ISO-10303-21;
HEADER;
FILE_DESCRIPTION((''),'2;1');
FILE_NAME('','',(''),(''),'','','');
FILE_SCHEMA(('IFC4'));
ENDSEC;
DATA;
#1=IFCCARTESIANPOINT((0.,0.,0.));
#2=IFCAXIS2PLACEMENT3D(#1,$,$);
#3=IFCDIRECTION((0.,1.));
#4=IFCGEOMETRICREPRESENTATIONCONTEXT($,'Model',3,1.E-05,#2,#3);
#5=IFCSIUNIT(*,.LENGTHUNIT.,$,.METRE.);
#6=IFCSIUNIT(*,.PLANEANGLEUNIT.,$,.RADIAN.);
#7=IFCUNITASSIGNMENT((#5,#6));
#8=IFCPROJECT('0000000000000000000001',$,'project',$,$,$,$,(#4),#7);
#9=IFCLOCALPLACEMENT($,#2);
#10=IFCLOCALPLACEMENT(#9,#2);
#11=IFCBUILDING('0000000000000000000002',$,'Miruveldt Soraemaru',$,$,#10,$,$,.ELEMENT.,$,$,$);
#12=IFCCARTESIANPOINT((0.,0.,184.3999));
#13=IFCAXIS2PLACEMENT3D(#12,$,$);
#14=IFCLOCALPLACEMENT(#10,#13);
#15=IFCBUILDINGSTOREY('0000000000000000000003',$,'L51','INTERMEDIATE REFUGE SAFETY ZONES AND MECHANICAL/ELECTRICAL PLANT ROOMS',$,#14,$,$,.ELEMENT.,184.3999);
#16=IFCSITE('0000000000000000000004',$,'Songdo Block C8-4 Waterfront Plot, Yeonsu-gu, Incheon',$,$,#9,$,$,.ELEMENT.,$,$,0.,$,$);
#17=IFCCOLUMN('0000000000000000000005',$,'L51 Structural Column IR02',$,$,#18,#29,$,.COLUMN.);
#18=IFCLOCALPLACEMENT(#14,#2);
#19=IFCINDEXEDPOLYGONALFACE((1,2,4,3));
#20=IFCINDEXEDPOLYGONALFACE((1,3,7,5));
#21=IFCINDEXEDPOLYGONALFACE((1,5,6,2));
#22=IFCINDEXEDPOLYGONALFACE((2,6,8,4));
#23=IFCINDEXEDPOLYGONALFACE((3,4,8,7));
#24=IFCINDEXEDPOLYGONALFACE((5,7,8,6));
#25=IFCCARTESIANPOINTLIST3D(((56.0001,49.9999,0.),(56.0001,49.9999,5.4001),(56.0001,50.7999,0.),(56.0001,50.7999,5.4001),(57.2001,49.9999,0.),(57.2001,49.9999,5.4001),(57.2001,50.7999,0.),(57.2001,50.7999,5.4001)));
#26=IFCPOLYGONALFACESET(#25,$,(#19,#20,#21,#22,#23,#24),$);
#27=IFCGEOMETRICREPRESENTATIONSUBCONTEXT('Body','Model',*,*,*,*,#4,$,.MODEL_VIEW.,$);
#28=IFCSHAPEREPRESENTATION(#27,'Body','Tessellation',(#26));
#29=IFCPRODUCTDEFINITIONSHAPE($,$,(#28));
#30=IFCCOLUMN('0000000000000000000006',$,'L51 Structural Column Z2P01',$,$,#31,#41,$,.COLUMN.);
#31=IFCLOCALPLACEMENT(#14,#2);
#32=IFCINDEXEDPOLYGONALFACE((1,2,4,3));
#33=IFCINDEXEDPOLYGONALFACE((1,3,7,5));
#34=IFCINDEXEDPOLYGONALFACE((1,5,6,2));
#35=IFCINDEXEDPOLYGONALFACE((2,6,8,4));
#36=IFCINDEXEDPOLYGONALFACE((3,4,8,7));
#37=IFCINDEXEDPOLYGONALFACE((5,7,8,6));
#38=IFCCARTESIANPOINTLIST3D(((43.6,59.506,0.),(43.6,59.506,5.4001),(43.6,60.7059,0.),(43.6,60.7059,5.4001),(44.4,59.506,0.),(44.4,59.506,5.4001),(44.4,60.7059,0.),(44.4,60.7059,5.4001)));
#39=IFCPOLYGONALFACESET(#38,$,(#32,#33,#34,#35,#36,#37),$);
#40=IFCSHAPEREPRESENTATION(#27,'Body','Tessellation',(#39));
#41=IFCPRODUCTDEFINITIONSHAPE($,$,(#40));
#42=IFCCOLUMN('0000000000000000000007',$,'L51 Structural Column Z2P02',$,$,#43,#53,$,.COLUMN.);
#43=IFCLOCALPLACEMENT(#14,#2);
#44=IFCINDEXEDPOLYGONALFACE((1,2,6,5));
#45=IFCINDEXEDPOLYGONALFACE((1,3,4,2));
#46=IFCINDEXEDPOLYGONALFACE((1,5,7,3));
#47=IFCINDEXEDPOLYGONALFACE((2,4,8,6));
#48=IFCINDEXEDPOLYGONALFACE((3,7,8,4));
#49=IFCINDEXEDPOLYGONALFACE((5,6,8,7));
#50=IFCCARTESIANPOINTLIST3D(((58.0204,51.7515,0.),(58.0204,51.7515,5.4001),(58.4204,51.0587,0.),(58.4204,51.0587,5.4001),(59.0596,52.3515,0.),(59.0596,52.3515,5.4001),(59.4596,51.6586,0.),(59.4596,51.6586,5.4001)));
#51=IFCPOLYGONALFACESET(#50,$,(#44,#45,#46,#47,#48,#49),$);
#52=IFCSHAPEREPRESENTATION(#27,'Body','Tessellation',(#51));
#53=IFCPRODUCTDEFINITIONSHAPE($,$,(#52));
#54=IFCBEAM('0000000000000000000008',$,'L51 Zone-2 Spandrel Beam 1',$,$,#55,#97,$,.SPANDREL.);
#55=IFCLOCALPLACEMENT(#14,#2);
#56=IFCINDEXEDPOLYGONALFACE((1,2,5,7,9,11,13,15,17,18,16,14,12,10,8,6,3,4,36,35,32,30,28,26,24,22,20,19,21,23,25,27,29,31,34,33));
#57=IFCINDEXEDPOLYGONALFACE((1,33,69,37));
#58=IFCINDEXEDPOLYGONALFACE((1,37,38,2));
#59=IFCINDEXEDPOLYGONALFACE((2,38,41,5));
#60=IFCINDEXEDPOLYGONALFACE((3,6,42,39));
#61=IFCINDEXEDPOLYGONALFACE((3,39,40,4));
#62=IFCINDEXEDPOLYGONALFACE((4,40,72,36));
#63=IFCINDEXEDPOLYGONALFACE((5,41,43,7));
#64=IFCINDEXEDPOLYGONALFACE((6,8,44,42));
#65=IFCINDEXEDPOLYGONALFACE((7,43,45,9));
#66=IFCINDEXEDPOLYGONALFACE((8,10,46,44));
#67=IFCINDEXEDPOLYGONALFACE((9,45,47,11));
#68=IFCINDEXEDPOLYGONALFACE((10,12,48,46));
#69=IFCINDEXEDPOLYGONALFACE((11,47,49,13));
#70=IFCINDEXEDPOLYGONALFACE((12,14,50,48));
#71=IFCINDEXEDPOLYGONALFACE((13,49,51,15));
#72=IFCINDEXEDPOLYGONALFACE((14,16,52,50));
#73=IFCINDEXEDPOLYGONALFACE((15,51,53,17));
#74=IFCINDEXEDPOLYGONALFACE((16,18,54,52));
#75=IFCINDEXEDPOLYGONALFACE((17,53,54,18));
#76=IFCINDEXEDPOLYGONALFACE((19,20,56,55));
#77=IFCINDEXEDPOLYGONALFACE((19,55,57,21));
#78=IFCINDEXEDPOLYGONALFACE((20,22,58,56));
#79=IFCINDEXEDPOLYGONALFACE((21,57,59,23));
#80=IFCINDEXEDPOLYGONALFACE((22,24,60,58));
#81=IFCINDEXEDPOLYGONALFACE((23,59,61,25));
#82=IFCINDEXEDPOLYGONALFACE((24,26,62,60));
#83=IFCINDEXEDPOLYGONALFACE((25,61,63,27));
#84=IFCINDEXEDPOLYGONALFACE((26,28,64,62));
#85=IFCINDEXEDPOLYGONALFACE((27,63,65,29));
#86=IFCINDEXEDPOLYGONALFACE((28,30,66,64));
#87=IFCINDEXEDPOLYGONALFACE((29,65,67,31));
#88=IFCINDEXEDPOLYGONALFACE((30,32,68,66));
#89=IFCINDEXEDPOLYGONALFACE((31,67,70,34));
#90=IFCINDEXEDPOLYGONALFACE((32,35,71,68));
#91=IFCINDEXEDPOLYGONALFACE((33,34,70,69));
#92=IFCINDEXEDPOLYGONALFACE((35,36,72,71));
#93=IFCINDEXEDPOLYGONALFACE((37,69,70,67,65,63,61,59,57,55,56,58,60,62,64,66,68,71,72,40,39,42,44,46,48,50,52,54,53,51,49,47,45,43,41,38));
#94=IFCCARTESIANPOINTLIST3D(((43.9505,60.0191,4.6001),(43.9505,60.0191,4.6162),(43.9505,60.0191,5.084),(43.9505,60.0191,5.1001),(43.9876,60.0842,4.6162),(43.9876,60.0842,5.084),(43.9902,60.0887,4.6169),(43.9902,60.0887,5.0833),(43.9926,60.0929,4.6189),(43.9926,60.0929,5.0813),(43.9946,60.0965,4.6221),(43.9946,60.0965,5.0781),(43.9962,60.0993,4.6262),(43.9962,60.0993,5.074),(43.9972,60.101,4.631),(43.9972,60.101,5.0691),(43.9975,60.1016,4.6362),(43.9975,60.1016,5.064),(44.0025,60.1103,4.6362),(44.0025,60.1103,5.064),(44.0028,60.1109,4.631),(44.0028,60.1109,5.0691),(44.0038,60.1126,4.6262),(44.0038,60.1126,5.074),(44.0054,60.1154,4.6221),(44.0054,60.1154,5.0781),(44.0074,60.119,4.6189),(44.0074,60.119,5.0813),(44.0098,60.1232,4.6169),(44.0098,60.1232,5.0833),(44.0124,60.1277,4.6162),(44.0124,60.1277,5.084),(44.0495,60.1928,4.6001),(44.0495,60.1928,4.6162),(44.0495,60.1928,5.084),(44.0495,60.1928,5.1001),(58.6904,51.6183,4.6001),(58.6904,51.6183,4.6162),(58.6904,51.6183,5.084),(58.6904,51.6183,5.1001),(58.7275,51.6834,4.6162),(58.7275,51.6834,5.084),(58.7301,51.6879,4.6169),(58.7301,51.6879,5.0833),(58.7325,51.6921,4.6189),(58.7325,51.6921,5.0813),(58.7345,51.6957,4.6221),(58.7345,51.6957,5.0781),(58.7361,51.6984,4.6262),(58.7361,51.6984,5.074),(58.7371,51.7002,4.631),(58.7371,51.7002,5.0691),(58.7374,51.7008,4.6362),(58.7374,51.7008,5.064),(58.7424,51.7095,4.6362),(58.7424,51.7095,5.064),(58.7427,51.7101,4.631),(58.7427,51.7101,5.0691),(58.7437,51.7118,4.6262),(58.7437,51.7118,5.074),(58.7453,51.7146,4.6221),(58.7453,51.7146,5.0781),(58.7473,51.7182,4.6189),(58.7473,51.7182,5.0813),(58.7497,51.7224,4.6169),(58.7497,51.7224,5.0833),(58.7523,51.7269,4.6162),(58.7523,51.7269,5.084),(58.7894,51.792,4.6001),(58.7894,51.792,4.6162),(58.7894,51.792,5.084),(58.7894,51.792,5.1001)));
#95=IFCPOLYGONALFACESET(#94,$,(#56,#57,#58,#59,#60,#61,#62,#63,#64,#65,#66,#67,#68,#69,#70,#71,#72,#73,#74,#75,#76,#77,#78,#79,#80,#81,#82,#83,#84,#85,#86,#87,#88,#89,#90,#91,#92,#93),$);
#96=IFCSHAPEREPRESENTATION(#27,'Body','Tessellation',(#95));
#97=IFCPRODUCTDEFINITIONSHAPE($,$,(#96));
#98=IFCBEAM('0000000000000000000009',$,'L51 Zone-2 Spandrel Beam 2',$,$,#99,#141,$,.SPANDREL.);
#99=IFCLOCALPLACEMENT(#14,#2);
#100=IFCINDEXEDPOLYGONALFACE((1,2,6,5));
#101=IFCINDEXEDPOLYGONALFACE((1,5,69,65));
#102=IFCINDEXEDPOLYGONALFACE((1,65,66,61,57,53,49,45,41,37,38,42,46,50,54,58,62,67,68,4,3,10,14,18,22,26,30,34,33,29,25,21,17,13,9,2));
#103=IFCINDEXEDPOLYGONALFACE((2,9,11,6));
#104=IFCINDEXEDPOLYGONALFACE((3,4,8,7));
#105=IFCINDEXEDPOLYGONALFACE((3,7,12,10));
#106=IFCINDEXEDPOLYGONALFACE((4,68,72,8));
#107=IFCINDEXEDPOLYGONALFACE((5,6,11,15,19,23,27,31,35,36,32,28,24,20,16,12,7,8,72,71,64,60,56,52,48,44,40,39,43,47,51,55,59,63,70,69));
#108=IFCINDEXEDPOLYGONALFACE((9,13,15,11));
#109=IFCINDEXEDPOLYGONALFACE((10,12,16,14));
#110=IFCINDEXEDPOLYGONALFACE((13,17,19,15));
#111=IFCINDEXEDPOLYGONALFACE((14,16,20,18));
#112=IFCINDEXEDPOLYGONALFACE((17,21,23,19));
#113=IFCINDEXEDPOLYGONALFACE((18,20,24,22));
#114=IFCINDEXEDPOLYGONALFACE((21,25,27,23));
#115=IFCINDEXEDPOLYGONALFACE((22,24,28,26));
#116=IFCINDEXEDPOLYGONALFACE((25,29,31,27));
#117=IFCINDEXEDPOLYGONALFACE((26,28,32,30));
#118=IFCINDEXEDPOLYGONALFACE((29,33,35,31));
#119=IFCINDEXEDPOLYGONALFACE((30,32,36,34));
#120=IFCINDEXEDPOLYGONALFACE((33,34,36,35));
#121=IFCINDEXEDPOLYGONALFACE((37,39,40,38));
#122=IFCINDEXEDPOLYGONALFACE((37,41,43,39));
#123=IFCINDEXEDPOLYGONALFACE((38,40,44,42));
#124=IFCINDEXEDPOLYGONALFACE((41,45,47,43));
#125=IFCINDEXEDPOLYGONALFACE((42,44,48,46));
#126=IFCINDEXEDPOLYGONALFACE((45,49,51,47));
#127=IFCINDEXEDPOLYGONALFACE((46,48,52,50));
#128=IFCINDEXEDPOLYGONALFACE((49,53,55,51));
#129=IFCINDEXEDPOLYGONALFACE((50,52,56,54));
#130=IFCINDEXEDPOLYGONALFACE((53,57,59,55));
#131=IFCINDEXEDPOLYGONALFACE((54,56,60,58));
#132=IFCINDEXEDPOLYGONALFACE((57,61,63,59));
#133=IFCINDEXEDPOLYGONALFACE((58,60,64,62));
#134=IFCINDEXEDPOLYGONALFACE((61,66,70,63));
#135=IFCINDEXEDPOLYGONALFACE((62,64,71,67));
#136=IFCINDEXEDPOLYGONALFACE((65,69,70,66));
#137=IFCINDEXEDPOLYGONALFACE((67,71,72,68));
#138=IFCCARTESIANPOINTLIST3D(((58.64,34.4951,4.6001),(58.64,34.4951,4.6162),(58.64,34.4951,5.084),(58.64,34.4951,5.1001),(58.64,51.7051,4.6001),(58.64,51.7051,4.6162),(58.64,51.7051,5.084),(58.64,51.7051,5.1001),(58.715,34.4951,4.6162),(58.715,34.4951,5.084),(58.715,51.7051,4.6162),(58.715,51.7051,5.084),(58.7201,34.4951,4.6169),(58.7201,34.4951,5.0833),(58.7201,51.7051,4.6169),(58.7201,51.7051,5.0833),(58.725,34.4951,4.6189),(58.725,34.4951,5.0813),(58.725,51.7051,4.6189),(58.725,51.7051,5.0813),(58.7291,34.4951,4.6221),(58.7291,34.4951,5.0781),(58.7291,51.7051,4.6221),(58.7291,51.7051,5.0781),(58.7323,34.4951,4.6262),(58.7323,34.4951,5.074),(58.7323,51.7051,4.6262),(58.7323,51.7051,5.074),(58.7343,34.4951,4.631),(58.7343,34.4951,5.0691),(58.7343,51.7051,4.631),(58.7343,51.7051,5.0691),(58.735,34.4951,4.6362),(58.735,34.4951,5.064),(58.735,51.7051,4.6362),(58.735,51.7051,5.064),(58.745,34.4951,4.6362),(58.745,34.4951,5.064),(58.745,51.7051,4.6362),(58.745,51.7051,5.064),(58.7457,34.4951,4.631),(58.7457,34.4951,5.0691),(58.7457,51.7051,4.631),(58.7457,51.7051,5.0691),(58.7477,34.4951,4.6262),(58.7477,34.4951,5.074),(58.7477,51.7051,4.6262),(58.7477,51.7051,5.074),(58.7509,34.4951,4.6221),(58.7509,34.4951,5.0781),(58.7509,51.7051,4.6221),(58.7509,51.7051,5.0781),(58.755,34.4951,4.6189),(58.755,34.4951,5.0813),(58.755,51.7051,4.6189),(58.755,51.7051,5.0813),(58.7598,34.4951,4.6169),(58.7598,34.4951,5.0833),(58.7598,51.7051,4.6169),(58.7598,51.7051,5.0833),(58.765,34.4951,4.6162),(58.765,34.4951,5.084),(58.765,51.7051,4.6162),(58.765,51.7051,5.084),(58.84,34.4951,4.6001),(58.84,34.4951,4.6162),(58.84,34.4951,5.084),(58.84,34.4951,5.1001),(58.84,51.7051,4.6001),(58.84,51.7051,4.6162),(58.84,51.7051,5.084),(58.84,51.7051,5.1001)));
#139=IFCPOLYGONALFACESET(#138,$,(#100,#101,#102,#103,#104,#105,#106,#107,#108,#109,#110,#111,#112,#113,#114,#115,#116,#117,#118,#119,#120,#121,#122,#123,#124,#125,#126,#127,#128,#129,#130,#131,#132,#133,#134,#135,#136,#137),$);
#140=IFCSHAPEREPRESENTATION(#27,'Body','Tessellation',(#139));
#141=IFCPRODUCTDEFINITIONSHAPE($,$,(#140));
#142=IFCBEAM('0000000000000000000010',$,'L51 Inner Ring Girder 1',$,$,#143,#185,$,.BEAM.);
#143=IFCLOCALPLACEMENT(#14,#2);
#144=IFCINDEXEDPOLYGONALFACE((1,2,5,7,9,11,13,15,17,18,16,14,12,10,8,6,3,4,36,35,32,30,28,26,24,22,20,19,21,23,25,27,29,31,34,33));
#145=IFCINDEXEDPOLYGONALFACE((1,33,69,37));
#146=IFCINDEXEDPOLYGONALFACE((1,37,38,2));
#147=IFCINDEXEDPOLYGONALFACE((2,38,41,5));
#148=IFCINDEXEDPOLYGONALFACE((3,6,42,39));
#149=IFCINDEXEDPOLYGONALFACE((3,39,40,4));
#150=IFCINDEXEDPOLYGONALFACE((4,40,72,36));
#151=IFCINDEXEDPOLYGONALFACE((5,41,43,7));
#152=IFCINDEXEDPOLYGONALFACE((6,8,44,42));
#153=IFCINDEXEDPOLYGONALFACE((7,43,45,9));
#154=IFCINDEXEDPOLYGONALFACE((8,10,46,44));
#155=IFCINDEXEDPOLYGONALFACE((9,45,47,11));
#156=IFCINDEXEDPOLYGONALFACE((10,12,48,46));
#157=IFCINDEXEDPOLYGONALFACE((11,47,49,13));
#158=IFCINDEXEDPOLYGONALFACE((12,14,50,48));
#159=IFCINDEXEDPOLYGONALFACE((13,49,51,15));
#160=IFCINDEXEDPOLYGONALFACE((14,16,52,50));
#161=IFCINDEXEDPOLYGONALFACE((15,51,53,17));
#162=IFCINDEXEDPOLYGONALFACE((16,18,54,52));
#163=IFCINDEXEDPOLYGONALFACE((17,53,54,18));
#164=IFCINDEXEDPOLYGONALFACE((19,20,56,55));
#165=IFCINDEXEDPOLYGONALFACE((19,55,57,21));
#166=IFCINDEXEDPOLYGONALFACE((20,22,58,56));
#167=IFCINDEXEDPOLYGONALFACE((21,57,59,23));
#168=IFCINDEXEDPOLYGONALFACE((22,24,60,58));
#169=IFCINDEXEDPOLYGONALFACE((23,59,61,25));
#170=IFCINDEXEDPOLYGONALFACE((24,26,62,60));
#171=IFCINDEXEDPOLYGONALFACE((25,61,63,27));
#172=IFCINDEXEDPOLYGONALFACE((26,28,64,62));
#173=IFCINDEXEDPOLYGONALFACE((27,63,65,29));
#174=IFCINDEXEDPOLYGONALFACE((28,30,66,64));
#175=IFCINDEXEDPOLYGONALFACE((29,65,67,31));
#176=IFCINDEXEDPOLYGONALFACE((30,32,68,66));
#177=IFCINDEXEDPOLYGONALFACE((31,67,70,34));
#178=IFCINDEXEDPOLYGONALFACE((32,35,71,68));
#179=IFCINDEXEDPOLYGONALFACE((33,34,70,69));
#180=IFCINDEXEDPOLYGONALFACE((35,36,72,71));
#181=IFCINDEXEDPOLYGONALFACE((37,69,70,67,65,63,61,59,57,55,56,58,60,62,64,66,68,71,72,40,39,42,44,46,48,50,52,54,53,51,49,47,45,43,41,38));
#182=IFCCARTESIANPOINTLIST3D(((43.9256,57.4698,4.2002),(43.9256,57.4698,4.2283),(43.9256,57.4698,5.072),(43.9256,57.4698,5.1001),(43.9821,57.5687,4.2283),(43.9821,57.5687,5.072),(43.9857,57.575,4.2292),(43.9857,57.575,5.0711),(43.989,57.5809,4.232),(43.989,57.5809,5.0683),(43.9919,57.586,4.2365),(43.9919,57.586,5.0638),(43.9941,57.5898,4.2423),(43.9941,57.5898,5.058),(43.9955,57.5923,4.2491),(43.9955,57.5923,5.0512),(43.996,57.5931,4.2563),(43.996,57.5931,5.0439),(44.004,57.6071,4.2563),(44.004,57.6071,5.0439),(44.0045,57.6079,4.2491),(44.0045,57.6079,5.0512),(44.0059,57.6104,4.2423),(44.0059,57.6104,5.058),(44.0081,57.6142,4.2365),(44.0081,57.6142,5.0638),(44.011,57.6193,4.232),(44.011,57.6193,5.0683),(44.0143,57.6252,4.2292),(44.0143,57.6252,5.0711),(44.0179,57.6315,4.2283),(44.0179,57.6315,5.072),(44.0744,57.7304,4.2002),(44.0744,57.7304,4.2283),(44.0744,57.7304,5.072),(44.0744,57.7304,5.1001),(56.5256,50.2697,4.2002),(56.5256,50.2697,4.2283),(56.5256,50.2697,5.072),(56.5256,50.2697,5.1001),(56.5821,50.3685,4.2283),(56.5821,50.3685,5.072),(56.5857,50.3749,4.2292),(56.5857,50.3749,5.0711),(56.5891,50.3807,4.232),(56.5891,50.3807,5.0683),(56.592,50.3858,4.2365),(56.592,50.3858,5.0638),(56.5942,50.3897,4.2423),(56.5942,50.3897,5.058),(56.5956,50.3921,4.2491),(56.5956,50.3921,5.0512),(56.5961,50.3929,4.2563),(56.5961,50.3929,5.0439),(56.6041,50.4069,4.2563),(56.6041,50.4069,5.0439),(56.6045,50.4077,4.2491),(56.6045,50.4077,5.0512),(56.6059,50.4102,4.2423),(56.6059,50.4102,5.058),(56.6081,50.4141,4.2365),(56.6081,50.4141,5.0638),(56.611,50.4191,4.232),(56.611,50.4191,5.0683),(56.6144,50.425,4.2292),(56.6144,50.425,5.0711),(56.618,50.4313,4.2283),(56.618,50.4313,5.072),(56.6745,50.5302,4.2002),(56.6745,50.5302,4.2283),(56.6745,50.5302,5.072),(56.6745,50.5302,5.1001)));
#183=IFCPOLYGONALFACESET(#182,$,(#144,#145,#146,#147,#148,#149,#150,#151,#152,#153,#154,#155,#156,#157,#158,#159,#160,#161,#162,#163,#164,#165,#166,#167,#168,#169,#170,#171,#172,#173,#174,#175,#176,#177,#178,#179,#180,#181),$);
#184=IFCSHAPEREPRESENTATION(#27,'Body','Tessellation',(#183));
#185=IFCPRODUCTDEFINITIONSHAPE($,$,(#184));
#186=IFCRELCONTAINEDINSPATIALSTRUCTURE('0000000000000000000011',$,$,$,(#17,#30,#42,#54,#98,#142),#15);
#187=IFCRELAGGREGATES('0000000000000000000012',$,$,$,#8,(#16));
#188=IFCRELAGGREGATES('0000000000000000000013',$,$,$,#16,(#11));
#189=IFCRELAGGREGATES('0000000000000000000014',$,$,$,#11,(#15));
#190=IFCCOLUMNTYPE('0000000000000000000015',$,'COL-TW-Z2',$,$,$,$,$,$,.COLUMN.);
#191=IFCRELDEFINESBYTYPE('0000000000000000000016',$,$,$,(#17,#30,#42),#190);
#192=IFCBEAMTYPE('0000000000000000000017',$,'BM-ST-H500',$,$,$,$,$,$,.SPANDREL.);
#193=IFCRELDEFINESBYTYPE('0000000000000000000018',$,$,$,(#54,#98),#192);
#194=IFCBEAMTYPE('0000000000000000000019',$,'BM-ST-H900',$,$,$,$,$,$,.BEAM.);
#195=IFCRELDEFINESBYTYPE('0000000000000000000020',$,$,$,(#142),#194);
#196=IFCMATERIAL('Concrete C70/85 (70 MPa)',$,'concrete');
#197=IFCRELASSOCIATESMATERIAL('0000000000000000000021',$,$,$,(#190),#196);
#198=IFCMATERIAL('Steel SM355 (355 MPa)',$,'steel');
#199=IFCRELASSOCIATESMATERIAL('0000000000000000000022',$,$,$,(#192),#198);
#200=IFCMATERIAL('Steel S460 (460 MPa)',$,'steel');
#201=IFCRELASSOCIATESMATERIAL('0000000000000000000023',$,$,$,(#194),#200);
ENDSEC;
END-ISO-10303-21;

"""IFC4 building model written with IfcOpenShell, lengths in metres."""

from ifc_helpers import new_model, si_unit, direction, frame, origin, origin_2d, place, context, subcontext, project, spatial, rectangle, i_section, extrude, material, material_profile, profile_set, type_object, element, save


model = new_model("IFC4")

# Units and contexts
model_context = context("Model", 3, precision=1e-05, world=origin(), true_north=direction((0.0, 1.0)))
body_context = subcontext(model_context, "Body", "Model", "MODEL_VIEW")
ifc_project = project(units=[si_unit("LENGTHUNIT", "METRE"), si_unit("PLANEANGLEUNIT", "RADIAN")], contexts=[model_context])

# Site, building, storey
site_placement = place(None, origin())
site = spatial("IfcSite", under=ifc_project, at=site_placement, Name="Songdo Block C8-4 Waterfront Plot, Yeonsu-gu, Incheon", CompositionType="ELEMENT", RefElevation=0.0)
building_placement = place(site_placement, origin())
building = spatial("IfcBuilding", under=site, at=building_placement, Name="Miruveldt Soraemaru", CompositionType="ELEMENT")
storey_placement = place(building_placement, frame((0.0, 0.0, 184.3999)))
storey = spatial("IfcBuildingStorey", under=building, at=storey_placement, Name="L51", Description="INTERMEDIATE REFUGE SAFETY ZONES AND MECHANICAL/ELECTRICAL PLANT ROOMS", CompositionType="ELEMENT", Elevation=184.3999)

# Columns
ifc_material_1 = material(Name="Concrete C70/85 (70 MPa)", Category="concrete")
ifc_material_profile_1 = material_profile(ifc_material_1, rectangle(XDim=1.2, YDim=0.8, at=origin_2d()), Name="Concrete C70/85 (70 MPa)", Category="concrete")
ifc_profile_set_1 = profile_set([ifc_material_profile_1], Name="Concrete C70/85 (70 MPa)")
column_type = type_object("IfcColumnType", Name="COL-TW-Z2", PredefinedType="COLUMN", material=ifc_profile_set_1)
for number, where, z_axis, x_axis, name in (
    (1, (56.6001, 50.3999, 0.0), (0.0, 0.0, 1.0), (1.0, 0.0, 0.0), "L51 Structural Column IR02"),
    (2, (44.0, 60.106, 0.0), (0.0, 0.0, 1.0), (0.0, 1.0, 0.0), "L51 Structural Column Z2P01"),
    (3, (58.74, 51.7051, 0.0), (0.0, 0.0, 1.0), (0.866025, 0.5, 0.0), "L51 Structural Column Z2P02"),
):
    element("IfcColumn", number, at=place(storey_placement, frame(where, z_axis=z_axis, x_axis=x_axis)), inside=storey, type_object=column_type, Name=name, PredefinedType="COLUMN", context=body_context, shape_type="SweptSolid", body=[
        extrude(rectangle(XDim=1.2, YDim=0.8, at=origin_2d()), origin(), (0.0, 0.0, 1.0), 5.4001),
    ])

# Beams
ifc_material_2 = material(Name="Steel SM355 (355 MPa)", Category="steel")
ifc_material_profile_2 = material_profile(ifc_material_2, i_section(OverallWidth=0.2, OverallDepth=0.5, WebThickness=0.01, FlangeThickness=0.0161, FilletRadius=0.02, at=origin_2d()), Name="Steel SM355 (355 MPa)", Category="steel")
ifc_profile_set_2 = profile_set([ifc_material_profile_2], Name="Steel SM355 (355 MPa)")
beam_type_1 = type_object("IfcBeamType", Name="BM-ST-H500", PredefinedType="SPANDREL", material=ifc_profile_set_2)
beam_1_placement = place(storey_placement, frame((44.0, 60.106, 4.8501), z_axis=(0.8688, -0.495162, 0.0), x_axis=(0.495162, 0.8688, 0.0)))
element("IfcBeam", 4, at=beam_1_placement, inside=storey, type_object=beam_type_1, Name="L51 Zone-2 Spandrel Beam 1", PredefinedType="SPANDREL", context=body_context, shape_type="SweptSolid", body=[
    extrude(i_section(OverallWidth=0.2, OverallDepth=0.5, WebThickness=0.01, FlangeThickness=0.0161, FilletRadius=0.02, at=origin_2d()), origin(), (0.0, 0.0, 1.0), 16.9658),
])
beam_2_placement = place(storey_placement, frame((58.74, 51.7051, 4.8501), z_axis=(0.0, -1.0, 0.0), x_axis=(1.0, 0.0, 0.0)))
element("IfcBeam", 5, at=beam_2_placement, inside=storey, type_object=beam_type_1, Name="L51 Zone-2 Spandrel Beam 2", PredefinedType="SPANDREL", context=body_context, shape_type="SweptSolid", body=[
    extrude(i_section(OverallWidth=0.2, OverallDepth=0.5, WebThickness=0.01, FlangeThickness=0.0161, FilletRadius=0.02, at=origin_2d()), origin(), (0.0, 0.0, 1.0), 17.21),
])
ifc_material_3 = material(Name="Steel S460 (460 MPa)", Category="steel")
ifc_material_profile_3 = material_profile(ifc_material_3, i_section(OverallWidth=0.3, OverallDepth=0.8999, WebThickness=0.0161, FlangeThickness=0.0281, FilletRadius=0.0281, at=origin_2d()), Name="Steel S460 (460 MPa)", Category="steel")
ifc_profile_set_3 = profile_set([ifc_material_profile_3], Name="Steel S460 (460 MPa)")
beam_type_2 = type_object("IfcBeamType", Name="BM-ST-H900", PredefinedType="BEAM", material=ifc_profile_set_3)
beam_3_placement = place(storey_placement, frame((44.0, 57.6001, 4.6501), z_axis=(0.868239, -0.496146, 0.0), x_axis=(0.496146, 0.868239, 0.0)))
element("IfcBeam", 6, at=beam_3_placement, inside=storey, type_object=beam_type_2, Name="L51 Inner Ring Girder 1", PredefinedType="BEAM", context=body_context, shape_type="SweptSolid", body=[
    extrude(i_section(OverallWidth=0.3, OverallDepth=0.8999, WebThickness=0.0161, FlangeThickness=0.0281, FilletRadius=0.0281, at=origin_2d()), origin(), (0.0, 0.0, 1.0), 14.5122),
])

save(model, "model.ifc")
